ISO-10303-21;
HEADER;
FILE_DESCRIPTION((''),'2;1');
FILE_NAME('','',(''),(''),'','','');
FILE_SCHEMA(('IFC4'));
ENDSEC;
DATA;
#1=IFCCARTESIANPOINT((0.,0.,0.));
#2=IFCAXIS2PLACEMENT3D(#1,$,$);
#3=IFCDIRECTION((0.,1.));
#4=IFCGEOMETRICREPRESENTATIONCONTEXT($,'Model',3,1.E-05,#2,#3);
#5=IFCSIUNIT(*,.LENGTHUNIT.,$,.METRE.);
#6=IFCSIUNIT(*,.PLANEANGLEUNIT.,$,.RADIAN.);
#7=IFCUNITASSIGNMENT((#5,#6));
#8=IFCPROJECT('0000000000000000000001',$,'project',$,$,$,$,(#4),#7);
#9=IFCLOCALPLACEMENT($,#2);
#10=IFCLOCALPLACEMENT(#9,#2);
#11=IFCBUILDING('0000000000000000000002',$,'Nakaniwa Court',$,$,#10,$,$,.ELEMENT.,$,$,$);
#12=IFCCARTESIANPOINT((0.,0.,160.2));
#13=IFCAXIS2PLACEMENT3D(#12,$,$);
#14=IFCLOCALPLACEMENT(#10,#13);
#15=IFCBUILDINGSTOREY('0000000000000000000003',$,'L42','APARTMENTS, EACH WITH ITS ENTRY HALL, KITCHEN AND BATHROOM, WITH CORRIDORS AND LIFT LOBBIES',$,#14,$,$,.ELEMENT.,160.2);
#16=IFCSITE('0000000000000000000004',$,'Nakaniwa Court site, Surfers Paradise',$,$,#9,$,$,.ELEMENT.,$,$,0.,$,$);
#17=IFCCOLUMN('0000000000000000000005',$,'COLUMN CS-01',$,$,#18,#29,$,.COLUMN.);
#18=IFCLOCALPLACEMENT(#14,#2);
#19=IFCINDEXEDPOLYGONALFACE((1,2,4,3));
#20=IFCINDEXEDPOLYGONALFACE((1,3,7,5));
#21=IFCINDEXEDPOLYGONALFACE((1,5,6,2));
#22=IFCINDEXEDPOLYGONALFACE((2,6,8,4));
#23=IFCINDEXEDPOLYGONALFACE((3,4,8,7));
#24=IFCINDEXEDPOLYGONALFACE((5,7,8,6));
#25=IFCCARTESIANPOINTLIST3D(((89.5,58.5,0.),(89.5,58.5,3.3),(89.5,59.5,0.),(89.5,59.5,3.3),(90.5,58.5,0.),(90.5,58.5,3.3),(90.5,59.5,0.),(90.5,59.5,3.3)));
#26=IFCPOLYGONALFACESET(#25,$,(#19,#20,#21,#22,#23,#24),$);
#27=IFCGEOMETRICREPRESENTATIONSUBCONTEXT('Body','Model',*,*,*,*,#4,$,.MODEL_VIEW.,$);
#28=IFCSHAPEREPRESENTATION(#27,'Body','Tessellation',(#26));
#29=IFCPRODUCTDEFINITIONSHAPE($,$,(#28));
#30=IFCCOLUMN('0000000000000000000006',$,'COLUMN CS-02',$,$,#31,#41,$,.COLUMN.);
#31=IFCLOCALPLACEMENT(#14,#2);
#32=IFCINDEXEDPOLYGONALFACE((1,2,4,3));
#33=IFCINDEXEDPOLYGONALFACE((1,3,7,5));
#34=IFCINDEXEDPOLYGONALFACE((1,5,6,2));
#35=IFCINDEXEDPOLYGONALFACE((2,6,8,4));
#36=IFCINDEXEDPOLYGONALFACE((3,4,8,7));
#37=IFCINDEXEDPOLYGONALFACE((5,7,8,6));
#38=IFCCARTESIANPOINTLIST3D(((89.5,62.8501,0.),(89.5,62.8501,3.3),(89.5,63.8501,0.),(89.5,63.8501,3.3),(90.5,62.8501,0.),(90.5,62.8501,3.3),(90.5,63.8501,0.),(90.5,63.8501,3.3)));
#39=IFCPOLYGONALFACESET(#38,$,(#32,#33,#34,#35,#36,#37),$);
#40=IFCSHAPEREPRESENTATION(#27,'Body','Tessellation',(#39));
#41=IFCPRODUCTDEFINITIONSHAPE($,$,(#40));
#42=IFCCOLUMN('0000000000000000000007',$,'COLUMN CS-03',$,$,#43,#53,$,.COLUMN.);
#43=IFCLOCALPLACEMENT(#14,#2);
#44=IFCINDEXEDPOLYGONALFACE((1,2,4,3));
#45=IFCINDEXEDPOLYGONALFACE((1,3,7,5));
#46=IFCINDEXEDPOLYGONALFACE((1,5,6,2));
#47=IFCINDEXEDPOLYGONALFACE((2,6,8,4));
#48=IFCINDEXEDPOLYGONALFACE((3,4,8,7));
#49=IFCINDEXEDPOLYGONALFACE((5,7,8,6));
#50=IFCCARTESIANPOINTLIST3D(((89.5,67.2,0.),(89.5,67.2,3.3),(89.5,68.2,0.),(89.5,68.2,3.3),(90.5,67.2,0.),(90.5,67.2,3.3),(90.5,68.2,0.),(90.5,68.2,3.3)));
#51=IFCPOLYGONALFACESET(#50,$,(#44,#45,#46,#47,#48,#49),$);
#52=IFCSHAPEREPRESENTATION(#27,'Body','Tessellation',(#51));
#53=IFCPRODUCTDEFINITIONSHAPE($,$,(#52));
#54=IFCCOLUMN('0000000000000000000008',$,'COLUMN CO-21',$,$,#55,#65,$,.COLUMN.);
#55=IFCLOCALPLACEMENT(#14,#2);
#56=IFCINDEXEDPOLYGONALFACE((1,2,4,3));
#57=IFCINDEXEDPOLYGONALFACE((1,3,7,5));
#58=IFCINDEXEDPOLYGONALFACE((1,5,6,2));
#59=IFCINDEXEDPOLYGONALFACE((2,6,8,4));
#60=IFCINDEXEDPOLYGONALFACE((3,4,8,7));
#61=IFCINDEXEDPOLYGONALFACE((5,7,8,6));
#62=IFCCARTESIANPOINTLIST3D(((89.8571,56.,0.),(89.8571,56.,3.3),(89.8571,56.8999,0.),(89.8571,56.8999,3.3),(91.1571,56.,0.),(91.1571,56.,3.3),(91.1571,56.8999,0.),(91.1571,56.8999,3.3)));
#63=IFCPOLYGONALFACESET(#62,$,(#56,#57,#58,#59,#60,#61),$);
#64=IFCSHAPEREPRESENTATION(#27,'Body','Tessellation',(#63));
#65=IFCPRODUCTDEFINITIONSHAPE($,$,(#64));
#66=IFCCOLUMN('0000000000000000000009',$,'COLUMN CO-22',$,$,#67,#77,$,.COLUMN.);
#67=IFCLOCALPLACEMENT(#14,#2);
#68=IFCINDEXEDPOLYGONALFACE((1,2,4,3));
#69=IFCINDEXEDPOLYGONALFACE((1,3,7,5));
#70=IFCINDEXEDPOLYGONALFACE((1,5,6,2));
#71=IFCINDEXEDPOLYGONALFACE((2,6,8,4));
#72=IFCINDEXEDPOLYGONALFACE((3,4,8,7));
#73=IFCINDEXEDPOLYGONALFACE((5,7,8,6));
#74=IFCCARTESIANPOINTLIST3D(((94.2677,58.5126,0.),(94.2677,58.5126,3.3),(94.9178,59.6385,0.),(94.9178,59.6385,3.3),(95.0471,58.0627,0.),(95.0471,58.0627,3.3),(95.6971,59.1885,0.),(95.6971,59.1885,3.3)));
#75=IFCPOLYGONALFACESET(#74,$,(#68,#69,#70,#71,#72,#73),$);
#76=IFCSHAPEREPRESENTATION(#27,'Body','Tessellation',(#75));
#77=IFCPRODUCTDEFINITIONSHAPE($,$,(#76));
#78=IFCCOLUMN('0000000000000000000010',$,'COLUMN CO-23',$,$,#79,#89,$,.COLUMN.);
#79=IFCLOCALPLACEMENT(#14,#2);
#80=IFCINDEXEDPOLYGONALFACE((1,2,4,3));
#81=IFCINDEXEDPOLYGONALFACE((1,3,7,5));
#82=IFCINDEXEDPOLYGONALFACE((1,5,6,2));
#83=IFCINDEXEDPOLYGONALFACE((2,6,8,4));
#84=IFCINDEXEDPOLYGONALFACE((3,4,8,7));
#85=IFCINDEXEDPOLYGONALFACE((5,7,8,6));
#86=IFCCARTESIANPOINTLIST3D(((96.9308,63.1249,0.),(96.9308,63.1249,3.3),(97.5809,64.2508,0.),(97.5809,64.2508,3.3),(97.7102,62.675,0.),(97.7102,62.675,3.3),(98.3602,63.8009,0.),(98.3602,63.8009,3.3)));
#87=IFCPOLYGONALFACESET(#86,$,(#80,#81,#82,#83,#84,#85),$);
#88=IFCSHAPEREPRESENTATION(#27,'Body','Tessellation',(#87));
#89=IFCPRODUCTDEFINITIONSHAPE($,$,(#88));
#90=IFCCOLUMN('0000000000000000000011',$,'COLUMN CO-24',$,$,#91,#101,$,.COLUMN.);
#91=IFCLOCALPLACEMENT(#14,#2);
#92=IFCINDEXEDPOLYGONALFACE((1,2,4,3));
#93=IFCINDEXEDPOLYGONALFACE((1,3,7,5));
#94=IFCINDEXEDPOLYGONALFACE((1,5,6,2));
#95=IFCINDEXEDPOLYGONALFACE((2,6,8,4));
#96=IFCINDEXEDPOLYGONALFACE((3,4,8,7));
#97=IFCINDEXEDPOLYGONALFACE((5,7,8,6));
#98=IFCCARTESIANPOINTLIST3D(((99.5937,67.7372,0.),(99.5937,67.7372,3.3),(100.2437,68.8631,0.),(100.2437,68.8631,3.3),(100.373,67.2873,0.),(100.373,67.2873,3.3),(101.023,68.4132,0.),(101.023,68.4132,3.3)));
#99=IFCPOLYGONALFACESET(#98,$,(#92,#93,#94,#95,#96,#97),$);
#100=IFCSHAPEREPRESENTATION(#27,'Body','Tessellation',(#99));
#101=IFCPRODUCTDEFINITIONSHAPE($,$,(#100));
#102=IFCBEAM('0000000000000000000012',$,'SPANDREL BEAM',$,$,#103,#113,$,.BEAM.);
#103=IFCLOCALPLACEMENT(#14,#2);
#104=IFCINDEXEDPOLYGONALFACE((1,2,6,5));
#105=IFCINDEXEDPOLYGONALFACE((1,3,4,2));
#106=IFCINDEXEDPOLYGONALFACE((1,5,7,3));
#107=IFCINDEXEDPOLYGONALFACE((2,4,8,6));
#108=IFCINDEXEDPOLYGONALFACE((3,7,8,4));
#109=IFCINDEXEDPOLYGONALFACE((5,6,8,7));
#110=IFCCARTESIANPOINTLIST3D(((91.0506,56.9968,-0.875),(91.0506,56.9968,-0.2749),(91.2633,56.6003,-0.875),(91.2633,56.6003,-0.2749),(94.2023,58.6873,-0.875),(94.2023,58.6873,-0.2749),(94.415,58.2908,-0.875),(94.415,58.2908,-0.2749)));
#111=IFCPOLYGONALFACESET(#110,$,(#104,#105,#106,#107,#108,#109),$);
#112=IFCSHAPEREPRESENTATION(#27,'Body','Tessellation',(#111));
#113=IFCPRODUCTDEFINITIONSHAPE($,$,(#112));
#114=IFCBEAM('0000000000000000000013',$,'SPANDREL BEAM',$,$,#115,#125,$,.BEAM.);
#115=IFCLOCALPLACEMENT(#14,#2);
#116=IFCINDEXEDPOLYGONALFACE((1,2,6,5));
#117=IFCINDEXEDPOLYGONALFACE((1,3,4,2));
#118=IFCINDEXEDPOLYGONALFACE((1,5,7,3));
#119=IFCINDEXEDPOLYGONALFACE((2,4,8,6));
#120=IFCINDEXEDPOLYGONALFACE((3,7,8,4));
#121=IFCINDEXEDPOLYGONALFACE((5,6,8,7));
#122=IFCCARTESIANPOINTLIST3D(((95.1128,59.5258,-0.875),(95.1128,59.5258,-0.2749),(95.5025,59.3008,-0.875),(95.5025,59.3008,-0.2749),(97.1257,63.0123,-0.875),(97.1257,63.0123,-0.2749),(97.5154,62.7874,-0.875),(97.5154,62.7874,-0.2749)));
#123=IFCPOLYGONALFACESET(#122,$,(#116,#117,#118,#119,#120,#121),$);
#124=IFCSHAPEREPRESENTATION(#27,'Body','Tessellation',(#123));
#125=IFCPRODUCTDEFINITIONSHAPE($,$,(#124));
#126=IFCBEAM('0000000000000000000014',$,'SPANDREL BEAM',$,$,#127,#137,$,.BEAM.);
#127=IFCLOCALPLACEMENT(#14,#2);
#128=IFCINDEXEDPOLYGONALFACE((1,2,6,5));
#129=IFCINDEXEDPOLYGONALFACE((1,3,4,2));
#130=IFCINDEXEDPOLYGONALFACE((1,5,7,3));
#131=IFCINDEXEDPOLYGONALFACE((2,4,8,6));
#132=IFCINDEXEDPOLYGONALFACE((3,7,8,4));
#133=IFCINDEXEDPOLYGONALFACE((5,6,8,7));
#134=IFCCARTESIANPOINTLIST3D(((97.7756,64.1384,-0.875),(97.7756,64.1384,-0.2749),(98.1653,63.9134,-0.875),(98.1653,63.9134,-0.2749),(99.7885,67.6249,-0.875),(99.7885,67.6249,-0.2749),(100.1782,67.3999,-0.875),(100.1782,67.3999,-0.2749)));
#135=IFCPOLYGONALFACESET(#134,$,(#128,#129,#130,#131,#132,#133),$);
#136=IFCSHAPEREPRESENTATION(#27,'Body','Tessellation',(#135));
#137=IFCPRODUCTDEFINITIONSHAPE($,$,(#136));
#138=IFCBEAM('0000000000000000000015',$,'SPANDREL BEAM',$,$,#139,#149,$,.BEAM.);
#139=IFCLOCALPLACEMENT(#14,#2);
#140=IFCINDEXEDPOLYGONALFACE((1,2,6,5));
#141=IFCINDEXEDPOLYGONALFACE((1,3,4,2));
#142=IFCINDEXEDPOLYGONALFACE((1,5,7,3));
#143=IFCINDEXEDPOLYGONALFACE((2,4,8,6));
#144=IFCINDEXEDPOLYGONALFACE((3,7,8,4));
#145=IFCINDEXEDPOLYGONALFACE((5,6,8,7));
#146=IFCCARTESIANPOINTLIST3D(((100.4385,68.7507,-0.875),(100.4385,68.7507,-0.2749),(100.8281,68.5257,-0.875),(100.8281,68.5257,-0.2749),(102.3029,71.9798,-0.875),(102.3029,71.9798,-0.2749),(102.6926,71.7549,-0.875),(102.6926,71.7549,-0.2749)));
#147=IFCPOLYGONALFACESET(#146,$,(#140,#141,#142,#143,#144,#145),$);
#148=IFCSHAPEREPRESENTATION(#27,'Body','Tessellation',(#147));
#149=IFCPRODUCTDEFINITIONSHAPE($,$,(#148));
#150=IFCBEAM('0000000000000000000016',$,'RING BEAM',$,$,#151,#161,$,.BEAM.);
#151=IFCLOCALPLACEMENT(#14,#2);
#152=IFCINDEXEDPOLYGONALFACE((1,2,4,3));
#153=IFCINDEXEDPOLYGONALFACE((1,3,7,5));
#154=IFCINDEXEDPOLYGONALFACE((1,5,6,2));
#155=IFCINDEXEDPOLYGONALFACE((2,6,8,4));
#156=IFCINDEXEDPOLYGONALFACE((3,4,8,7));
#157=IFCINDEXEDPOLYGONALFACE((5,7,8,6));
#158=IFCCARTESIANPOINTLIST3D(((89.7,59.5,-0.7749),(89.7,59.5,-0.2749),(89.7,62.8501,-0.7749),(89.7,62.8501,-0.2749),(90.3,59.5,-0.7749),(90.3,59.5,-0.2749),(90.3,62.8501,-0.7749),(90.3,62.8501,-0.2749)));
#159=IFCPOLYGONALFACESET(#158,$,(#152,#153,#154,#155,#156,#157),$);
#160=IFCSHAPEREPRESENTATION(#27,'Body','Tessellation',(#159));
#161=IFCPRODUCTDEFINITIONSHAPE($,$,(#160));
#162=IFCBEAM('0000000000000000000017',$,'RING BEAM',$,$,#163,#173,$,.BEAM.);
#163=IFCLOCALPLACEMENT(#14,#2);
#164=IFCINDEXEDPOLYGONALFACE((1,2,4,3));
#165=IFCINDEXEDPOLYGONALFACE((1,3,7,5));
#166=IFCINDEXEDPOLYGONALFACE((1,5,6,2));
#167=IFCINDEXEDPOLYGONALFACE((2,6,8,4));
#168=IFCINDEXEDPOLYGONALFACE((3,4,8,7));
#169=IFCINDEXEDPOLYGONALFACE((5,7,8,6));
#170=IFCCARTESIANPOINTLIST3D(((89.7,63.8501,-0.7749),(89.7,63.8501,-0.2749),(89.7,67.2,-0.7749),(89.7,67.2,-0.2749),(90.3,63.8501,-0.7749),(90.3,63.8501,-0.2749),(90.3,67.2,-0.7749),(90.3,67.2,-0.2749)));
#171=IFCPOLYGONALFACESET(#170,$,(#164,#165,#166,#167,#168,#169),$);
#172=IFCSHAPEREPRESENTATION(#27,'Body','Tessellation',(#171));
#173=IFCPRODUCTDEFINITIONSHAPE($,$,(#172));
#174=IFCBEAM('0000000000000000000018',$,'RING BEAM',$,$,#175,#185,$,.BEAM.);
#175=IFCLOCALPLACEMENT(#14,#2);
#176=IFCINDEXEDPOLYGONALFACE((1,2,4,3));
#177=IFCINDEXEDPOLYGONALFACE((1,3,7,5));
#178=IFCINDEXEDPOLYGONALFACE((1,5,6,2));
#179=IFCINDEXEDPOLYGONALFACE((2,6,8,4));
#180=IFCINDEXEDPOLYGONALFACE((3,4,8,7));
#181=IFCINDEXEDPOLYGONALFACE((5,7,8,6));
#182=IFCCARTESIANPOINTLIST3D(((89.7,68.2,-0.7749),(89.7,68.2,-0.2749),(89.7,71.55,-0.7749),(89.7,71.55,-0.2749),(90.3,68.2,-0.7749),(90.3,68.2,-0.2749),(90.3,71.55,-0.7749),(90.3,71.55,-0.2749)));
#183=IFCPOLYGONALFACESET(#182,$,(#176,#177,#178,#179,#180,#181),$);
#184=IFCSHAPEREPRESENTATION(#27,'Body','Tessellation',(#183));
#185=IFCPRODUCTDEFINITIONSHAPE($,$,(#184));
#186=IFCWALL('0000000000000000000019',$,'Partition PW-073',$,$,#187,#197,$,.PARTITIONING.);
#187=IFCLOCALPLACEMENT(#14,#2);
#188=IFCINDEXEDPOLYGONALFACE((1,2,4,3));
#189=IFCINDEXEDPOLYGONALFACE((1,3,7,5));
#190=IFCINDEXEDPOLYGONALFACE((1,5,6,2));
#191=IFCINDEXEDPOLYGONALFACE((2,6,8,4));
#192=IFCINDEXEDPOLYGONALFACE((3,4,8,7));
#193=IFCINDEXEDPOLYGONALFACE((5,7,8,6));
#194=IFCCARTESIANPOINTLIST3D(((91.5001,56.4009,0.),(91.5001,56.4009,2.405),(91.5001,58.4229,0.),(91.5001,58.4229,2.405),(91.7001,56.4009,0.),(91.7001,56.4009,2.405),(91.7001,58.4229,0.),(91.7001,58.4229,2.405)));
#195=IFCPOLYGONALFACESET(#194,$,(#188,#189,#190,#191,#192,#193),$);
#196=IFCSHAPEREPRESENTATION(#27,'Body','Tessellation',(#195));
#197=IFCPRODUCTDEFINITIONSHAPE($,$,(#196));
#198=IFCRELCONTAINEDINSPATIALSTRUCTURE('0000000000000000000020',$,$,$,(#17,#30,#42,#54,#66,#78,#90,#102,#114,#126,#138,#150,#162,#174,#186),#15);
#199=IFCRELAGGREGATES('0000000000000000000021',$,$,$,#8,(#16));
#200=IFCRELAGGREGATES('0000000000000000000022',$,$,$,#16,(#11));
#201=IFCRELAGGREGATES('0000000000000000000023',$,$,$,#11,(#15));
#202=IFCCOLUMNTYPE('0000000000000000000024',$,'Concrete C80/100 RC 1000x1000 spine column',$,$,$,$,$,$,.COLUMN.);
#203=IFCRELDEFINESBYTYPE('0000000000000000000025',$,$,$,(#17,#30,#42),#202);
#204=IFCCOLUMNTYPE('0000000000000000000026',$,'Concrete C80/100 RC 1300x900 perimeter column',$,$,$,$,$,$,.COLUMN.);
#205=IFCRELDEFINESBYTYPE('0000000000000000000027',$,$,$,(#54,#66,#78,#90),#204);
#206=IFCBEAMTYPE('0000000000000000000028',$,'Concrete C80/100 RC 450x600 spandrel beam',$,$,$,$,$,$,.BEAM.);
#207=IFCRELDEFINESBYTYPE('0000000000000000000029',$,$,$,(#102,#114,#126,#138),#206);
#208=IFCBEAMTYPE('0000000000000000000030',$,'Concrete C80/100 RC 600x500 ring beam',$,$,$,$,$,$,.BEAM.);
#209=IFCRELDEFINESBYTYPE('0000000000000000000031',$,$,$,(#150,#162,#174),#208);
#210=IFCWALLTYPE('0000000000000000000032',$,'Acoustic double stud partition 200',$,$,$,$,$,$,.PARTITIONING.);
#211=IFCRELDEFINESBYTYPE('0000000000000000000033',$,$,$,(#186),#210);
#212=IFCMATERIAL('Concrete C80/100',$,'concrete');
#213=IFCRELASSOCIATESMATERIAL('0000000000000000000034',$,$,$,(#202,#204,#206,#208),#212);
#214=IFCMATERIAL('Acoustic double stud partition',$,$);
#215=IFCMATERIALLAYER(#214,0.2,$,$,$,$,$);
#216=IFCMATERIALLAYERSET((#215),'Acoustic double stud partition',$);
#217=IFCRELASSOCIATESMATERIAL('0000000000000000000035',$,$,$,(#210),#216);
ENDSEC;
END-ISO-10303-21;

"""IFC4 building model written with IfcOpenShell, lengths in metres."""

from ifc_helpers import new_model, si_unit, direction, frame, frame_2d, origin, origin_2d, place, context, subcontext, project, spatial, rectangle, extrude, material, layer, layer_set, material_profile, profile_set, type_object, element, save


model = new_model("IFC4")

# Units and contexts
model_context = context("Model", 3, precision=1e-05, world=origin(), true_north=direction((0.0, 1.0)))
body_context = subcontext(model_context, "Body", "Model", "MODEL_VIEW")
ifc_project = project(units=[si_unit("LENGTHUNIT", "METRE"), si_unit("PLANEANGLEUNIT", "RADIAN")], contexts=[model_context])

# Site, building, storey
site_placement = place(None, origin())
site = spatial("IfcSite", under=ifc_project, at=site_placement, Name="Nakaniwa Court site, Surfers Paradise", CompositionType="ELEMENT", RefElevation=0.0)
building_placement = place(site_placement, origin())
building = spatial("IfcBuilding", under=site, at=building_placement, Name="Nakaniwa Court", CompositionType="ELEMENT")
storey_placement = place(building_placement, frame((0.0, 0.0, 160.2)))
storey = spatial("IfcBuildingStorey", under=building, at=storey_placement, Name="L42", Description="APARTMENTS, EACH WITH ITS ENTRY HALL, KITCHEN AND BATHROOM, WITH CORRIDORS AND LIFT LOBBIES", CompositionType="ELEMENT", Elevation=160.2)

# Columns
ifc_material_1 = material(Name="Concrete C80/100", Category="concrete")
ifc_material_profile_1 = material_profile(ifc_material_1, rectangle(XDim=1.0, YDim=1.0, at=origin_2d()), Name="Concrete C80/100 RC 1000x1000 spine column")
ifc_profile_set_1 = profile_set([ifc_material_profile_1], Name="Concrete C80/100")
column_type_1 = type_object("IfcColumnType", Name="Concrete C80/100 RC 1000x1000 spine column", PredefinedType="COLUMN", material=ifc_profile_set_1)
for number, where, z_axis, x_axis, name in (
    (1, (90.0, 59.0, 0.0), (0.0, 0.0, 1.0), (0.0, 1.0, 0.0), "COLUMN CS-01"),
    (2, (90.0, 63.3501, 0.0), (0.0, 0.0, 1.0), (0.0, 1.0, 0.0), "COLUMN CS-02"),
    (3, (90.0, 67.7, 0.0), (0.0, 0.0, 1.0), (0.0, 1.0, 0.0), "COLUMN CS-03"),
):
    element("IfcColumn", number, at=place(storey_placement, frame(where, z_axis=z_axis, x_axis=x_axis)), inside=storey, type_object=column_type_1, Name=name, PredefinedType="COLUMN", context=body_context, shape_type="SweptSolid", body=[
        extrude(rectangle(XDim=1.0, YDim=1.0, at=origin_2d()), origin(), (0.0, 0.0, 1.0), 3.3),
    ])
ifc_material_profile_2 = material_profile(ifc_material_1, rectangle(XDim=1.3, YDim=0.8999, at=origin_2d()), Name="Concrete C80/100 RC 1300x900 perimeter column")
ifc_profile_set_2 = profile_set([ifc_material_profile_2], Name="Concrete C80/100")
column_type_2 = type_object("IfcColumnType", Name="Concrete C80/100 RC 1300x900 perimeter column", PredefinedType="COLUMN", material=ifc_profile_set_2)
for number, where, z_axis, x_axis, name in (
    (4, (90.5071, 56.45, 0.0), (0.0, 0.0, 1.0), (1.0, 0.0, 0.0), "COLUMN CO-21"),
    (5, (94.9824, 58.8506, 0.0), (0.0, 0.0, 1.0), (0.5, 0.866025, 0.0), "COLUMN CO-22"),
    (6, (97.6455, 63.4629, 0.0), (0.0, 0.0, 1.0), (0.5, 0.866025, 0.0), "COLUMN CO-23"),
    (7, (100.3083, 68.0752, 0.0), (0.0, 0.0, 1.0), (0.5, 0.866025, 0.0), "COLUMN CO-24"),
):
    element("IfcColumn", number, at=place(storey_placement, frame(where, z_axis=z_axis, x_axis=x_axis)), inside=storey, type_object=column_type_2, Name=name, PredefinedType="COLUMN", context=body_context, shape_type="SweptSolid", body=[
        extrude(rectangle(XDim=1.3, YDim=0.8999, at=origin_2d()), origin(), (0.0, 0.0, 1.0), 3.3),
    ])

# Beams
ifc_material_profile_3 = material_profile(ifc_material_1, rectangle(XDim=0.45, YDim=0.6001, at=origin_2d()), Name="Concrete C80/100 RC 450x600 spandrel beam")
ifc_profile_set_3 = profile_set([ifc_material_profile_3], Name="Concrete C80/100")
beam_type_1 = type_object("IfcBeamType", Name="Concrete C80/100 RC 450x600 spandrel beam", PredefinedType="BEAM", material=ifc_profile_set_3)
beam_1_placement = place(storey_placement, frame((91.157, 56.7986, -0.575), z_axis=(0.881239, 0.47267, 0.0), x_axis=(-0.47267, 0.881239, 0.0)))
element("IfcBeam", 8, at=beam_1_placement, inside=storey, type_object=beam_type_1, Name="SPANDREL BEAM", PredefinedType="BEAM", context=body_context, shape_type="SweptSolid", body=[
    extrude(rectangle(XDim=0.45, YDim=0.6001, at=origin_2d()), origin(), (0.0, 0.0, 1.0), 3.5764),
])
for number, where, z_axis, x_axis, name in (
    (9, (95.3076, 59.4133, -0.575), (0.499994, 0.866029, 0.0), (-0.866029, 0.499994, 0.0), "SPANDREL BEAM"),
    (10, (97.9705, 64.0259, -0.575), (0.499994, 0.866029, 0.0), (-0.866029, 0.499994, 0.0), "SPANDREL BEAM"),
):
    element("IfcBeam", number, at=place(storey_placement, frame(where, z_axis=z_axis, x_axis=x_axis)), inside=storey, type_object=beam_type_1, Name=name, PredefinedType="BEAM", context=body_context, shape_type="SweptSolid", body=[
        extrude(rectangle(XDim=0.45, YDim=0.6001, at=origin_2d()), origin(), (0.0, 0.0, 1.0), 4.0259),
    ])
beam_2_placement = place(storey_placement, frame((100.6333, 68.6382, -0.575), z_axis=(0.500019, 0.866014, 0.0), x_axis=(-0.866014, 0.500019, 0.0)))
element("IfcBeam", 11, at=beam_2_placement, inside=storey, type_object=beam_type_1, Name="SPANDREL BEAM", PredefinedType="BEAM", context=body_context, shape_type="SweptSolid", body=[
    extrude(rectangle(XDim=0.45, YDim=0.6001, at=origin_2d()), origin(), (0.0, 0.0, 1.0), 3.7288),
])
ifc_material_profile_4 = material_profile(ifc_material_1, rectangle(XDim=0.6001, YDim=0.5, at=origin_2d()), Name="Concrete C80/100 RC 600x500 ring beam")
ifc_profile_set_4 = profile_set([ifc_material_profile_4], Name="Concrete C80/100")
beam_type_2 = type_object("IfcBeamType", Name="Concrete C80/100 RC 600x500 ring beam", PredefinedType="BEAM", material=ifc_profile_set_4)
beam_3_placement = place(storey_placement, frame((90.0, 59.5, -0.5249), z_axis=(0.0, 1.0, 0.0), x_axis=(-1.0, 0.0, 0.0)))
element("IfcBeam", 12, at=beam_3_placement, inside=storey, type_object=beam_type_2, Name="RING BEAM", PredefinedType="BEAM", context=body_context, shape_type="SweptSolid", body=[
    extrude(rectangle(XDim=0.6001, YDim=0.5, at=origin_2d()), origin(), (0.0, 0.0, 1.0), 3.3501),
])
beam_4_placement = place(storey_placement, frame((90.0, 63.8501, -0.5249), z_axis=(0.0, 1.0, 0.0), x_axis=(-1.0, 0.0, 0.0)))
element("IfcBeam", 13, at=beam_4_placement, inside=storey, type_object=beam_type_2, Name="RING BEAM", PredefinedType="BEAM", context=body_context, shape_type="SweptSolid", body=[
    extrude(rectangle(XDim=0.6001, YDim=0.5, at=origin_2d()), origin(), (0.0, 0.0, 1.0), 3.3499),
])
beam_5_placement = place(storey_placement, frame((90.0, 68.2, -0.5249), z_axis=(0.0, 1.0, 0.0), x_axis=(-1.0, 0.0, 0.0)))
element("IfcBeam", 14, at=beam_5_placement, inside=storey, type_object=beam_type_2, Name="RING BEAM", PredefinedType="BEAM", context=body_context, shape_type="SweptSolid", body=[
    extrude(rectangle(XDim=0.6001, YDim=0.5, at=origin_2d()), origin(), (0.0, 0.0, 1.0), 3.3501),
])

# Wall
ifc_material_2 = material(Name="Acoustic double stud partition")
ifc_layer_1 = layer(ifc_material_2, 0.2)
ifc_layer_set_1 = layer_set([ifc_layer_1], Name="Acoustic double stud partition")
wall_type_1 = type_object("IfcWallType", Name="Acoustic double stud partition 200", PredefinedType="PARTITIONING", material=ifc_layer_set_1)
wall_1_placement = place(storey_placement, frame((91.6001, 56.4009, 0.0), z_axis=(0.0, 0.0, 1.0), x_axis=(0.0, 1.0, 0.0)))
element("IfcWall", 15, at=wall_1_placement, inside=storey, type_object=wall_type_1, Name="Partition PW-073", PredefinedType="PARTITIONING", context=body_context, shape_type="SweptSolid", body=[
    extrude(rectangle(XDim=2.022, YDim=0.2, at=frame_2d((1.011, 0.0))), origin(), (0.0, 0.0, 1.0), 2.405),
])

save(model, "model.ifc")
